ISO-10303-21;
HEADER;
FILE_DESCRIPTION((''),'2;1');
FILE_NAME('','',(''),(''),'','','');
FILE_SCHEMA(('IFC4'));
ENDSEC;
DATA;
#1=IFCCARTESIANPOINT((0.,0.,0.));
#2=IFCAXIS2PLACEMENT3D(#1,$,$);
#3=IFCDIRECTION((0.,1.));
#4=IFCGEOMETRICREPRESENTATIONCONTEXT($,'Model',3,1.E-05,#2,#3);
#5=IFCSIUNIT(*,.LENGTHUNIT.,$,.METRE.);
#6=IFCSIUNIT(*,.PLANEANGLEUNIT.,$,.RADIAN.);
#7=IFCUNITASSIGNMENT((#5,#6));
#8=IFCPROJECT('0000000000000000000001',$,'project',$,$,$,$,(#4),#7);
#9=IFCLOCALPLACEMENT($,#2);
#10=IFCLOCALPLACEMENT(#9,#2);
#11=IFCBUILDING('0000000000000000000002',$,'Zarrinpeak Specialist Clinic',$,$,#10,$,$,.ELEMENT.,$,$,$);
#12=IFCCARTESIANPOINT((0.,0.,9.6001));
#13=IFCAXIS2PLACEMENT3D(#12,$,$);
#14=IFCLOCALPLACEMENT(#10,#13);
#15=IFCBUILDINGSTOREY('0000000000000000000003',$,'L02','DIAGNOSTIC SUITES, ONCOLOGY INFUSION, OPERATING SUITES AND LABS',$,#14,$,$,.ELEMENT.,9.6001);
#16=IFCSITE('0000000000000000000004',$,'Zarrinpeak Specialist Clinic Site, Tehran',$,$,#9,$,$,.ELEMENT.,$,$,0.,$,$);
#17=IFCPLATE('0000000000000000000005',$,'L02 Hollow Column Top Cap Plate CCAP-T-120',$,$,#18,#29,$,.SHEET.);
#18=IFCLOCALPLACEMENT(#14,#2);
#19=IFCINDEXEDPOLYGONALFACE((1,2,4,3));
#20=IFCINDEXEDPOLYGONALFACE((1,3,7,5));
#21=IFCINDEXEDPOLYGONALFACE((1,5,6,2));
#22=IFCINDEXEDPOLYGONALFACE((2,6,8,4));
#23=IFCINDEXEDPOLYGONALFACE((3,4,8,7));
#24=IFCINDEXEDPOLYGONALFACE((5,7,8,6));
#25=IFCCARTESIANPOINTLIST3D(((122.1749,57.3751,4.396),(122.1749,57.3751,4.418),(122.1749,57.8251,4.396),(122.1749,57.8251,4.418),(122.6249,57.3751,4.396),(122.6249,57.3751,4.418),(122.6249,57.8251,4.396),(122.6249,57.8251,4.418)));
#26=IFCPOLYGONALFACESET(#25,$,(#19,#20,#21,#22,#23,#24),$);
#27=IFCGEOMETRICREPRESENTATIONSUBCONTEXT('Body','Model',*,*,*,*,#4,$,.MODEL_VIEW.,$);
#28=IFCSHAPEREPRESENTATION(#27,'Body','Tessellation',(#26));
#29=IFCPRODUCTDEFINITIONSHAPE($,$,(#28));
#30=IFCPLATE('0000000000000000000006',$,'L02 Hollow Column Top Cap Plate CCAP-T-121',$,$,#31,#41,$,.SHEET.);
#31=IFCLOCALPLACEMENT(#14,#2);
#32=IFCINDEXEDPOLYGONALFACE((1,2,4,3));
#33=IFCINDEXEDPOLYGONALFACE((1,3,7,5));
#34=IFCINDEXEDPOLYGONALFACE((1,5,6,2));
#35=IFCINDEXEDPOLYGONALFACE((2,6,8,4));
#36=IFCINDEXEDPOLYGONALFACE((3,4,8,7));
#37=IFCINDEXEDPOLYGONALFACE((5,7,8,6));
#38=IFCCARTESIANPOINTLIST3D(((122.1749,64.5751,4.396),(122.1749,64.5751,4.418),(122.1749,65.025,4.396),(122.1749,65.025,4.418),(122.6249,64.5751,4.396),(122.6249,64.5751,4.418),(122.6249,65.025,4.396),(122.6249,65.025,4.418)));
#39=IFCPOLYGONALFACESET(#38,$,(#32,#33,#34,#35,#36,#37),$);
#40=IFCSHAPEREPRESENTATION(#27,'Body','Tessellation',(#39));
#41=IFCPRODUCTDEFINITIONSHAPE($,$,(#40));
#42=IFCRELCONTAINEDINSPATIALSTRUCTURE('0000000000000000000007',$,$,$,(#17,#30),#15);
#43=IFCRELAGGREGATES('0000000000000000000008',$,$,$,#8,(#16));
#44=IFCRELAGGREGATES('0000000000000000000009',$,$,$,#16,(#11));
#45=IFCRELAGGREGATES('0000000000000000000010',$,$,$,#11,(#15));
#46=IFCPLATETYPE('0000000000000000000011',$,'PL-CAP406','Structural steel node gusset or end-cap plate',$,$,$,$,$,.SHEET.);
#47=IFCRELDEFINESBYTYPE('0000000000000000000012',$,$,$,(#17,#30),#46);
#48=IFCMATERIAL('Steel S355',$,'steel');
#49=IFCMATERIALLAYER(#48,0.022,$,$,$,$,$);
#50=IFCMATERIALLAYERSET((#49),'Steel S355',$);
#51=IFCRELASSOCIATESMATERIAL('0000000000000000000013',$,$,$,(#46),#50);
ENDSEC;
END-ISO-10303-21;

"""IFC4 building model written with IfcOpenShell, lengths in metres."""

from ifc_helpers import new_model, si_unit, direction, frame, origin, origin_2d, place, context, subcontext, project, spatial, rectangle, extrude, material, layer, layer_set, type_object, element, save


model = new_model("IFC4")

# Units and contexts
model_context = context("Model", 3, precision=1e-05, world=origin(), true_north=direction((0.0, 1.0)))
body_context = subcontext(model_context, "Body", "Model", "MODEL_VIEW")
ifc_project = project(units=[si_unit("LENGTHUNIT", "METRE"), si_unit("PLANEANGLEUNIT", "RADIAN")], contexts=[model_context])

# Site, building, storey
site_placement = place(None, origin())
site = spatial("IfcSite", under=ifc_project, at=site_placement, Name="Zarrinpeak Specialist Clinic Site, Tehran", CompositionType="ELEMENT", RefElevation=0.0)
building_placement = place(site_placement, origin())
building = spatial("IfcBuilding", under=site, at=building_placement, Name="Zarrinpeak Specialist Clinic", CompositionType="ELEMENT")
storey_placement = place(building_placement, frame((0.0, 0.0, 9.6001)))
storey = spatial("IfcBuildingStorey", under=building, at=storey_placement, Name="L02", Description="DIAGNOSTIC SUITES, ONCOLOGY INFUSION, OPERATING SUITES AND LABS", CompositionType="ELEMENT", Elevation=9.6001)

# Shared definitions
ifc_material_1 = material(Name="Steel S355", Category="steel")

# Plates
ifc_layer_1 = layer(ifc_material_1, 0.022)
ifc_layer_set_1 = layer_set([ifc_layer_1], Name="Steel S355")
plate_type_1 = type_object("IfcPlateType", Name="PL-CAP406", Description="Structural steel node gusset or end-cap plate", PredefinedType="SHEET", material=ifc_layer_set_1)
for number, where, z_axis, x_axis, name in (
    (1, (122.3999, 57.6001, 4.396), (0.0, 0.0, 1.0), (1.0, 0.0, 0.0), "L02 Hollow Column Top Cap Plate CCAP-T-120"),
    (2, (122.3999, 64.8, 4.396), (0.0, 0.0, 1.0), (1.0, 0.0, 0.0), "L02 Hollow Column Top Cap Plate CCAP-T-121"),
):
    element("IfcPlate", number, at=place(storey_placement, frame(where, z_axis=z_axis, x_axis=x_axis)), inside=storey, type_object=plate_type_1, Name=name, PredefinedType="SHEET", context=body_context, shape_type="SweptSolid", body=[
        extrude(rectangle(XDim=0.45, YDim=0.45, at=origin_2d()), origin(), (0.0, 0.0, 1.0), 0.022),
    ])

save(model, "model.ifc")
